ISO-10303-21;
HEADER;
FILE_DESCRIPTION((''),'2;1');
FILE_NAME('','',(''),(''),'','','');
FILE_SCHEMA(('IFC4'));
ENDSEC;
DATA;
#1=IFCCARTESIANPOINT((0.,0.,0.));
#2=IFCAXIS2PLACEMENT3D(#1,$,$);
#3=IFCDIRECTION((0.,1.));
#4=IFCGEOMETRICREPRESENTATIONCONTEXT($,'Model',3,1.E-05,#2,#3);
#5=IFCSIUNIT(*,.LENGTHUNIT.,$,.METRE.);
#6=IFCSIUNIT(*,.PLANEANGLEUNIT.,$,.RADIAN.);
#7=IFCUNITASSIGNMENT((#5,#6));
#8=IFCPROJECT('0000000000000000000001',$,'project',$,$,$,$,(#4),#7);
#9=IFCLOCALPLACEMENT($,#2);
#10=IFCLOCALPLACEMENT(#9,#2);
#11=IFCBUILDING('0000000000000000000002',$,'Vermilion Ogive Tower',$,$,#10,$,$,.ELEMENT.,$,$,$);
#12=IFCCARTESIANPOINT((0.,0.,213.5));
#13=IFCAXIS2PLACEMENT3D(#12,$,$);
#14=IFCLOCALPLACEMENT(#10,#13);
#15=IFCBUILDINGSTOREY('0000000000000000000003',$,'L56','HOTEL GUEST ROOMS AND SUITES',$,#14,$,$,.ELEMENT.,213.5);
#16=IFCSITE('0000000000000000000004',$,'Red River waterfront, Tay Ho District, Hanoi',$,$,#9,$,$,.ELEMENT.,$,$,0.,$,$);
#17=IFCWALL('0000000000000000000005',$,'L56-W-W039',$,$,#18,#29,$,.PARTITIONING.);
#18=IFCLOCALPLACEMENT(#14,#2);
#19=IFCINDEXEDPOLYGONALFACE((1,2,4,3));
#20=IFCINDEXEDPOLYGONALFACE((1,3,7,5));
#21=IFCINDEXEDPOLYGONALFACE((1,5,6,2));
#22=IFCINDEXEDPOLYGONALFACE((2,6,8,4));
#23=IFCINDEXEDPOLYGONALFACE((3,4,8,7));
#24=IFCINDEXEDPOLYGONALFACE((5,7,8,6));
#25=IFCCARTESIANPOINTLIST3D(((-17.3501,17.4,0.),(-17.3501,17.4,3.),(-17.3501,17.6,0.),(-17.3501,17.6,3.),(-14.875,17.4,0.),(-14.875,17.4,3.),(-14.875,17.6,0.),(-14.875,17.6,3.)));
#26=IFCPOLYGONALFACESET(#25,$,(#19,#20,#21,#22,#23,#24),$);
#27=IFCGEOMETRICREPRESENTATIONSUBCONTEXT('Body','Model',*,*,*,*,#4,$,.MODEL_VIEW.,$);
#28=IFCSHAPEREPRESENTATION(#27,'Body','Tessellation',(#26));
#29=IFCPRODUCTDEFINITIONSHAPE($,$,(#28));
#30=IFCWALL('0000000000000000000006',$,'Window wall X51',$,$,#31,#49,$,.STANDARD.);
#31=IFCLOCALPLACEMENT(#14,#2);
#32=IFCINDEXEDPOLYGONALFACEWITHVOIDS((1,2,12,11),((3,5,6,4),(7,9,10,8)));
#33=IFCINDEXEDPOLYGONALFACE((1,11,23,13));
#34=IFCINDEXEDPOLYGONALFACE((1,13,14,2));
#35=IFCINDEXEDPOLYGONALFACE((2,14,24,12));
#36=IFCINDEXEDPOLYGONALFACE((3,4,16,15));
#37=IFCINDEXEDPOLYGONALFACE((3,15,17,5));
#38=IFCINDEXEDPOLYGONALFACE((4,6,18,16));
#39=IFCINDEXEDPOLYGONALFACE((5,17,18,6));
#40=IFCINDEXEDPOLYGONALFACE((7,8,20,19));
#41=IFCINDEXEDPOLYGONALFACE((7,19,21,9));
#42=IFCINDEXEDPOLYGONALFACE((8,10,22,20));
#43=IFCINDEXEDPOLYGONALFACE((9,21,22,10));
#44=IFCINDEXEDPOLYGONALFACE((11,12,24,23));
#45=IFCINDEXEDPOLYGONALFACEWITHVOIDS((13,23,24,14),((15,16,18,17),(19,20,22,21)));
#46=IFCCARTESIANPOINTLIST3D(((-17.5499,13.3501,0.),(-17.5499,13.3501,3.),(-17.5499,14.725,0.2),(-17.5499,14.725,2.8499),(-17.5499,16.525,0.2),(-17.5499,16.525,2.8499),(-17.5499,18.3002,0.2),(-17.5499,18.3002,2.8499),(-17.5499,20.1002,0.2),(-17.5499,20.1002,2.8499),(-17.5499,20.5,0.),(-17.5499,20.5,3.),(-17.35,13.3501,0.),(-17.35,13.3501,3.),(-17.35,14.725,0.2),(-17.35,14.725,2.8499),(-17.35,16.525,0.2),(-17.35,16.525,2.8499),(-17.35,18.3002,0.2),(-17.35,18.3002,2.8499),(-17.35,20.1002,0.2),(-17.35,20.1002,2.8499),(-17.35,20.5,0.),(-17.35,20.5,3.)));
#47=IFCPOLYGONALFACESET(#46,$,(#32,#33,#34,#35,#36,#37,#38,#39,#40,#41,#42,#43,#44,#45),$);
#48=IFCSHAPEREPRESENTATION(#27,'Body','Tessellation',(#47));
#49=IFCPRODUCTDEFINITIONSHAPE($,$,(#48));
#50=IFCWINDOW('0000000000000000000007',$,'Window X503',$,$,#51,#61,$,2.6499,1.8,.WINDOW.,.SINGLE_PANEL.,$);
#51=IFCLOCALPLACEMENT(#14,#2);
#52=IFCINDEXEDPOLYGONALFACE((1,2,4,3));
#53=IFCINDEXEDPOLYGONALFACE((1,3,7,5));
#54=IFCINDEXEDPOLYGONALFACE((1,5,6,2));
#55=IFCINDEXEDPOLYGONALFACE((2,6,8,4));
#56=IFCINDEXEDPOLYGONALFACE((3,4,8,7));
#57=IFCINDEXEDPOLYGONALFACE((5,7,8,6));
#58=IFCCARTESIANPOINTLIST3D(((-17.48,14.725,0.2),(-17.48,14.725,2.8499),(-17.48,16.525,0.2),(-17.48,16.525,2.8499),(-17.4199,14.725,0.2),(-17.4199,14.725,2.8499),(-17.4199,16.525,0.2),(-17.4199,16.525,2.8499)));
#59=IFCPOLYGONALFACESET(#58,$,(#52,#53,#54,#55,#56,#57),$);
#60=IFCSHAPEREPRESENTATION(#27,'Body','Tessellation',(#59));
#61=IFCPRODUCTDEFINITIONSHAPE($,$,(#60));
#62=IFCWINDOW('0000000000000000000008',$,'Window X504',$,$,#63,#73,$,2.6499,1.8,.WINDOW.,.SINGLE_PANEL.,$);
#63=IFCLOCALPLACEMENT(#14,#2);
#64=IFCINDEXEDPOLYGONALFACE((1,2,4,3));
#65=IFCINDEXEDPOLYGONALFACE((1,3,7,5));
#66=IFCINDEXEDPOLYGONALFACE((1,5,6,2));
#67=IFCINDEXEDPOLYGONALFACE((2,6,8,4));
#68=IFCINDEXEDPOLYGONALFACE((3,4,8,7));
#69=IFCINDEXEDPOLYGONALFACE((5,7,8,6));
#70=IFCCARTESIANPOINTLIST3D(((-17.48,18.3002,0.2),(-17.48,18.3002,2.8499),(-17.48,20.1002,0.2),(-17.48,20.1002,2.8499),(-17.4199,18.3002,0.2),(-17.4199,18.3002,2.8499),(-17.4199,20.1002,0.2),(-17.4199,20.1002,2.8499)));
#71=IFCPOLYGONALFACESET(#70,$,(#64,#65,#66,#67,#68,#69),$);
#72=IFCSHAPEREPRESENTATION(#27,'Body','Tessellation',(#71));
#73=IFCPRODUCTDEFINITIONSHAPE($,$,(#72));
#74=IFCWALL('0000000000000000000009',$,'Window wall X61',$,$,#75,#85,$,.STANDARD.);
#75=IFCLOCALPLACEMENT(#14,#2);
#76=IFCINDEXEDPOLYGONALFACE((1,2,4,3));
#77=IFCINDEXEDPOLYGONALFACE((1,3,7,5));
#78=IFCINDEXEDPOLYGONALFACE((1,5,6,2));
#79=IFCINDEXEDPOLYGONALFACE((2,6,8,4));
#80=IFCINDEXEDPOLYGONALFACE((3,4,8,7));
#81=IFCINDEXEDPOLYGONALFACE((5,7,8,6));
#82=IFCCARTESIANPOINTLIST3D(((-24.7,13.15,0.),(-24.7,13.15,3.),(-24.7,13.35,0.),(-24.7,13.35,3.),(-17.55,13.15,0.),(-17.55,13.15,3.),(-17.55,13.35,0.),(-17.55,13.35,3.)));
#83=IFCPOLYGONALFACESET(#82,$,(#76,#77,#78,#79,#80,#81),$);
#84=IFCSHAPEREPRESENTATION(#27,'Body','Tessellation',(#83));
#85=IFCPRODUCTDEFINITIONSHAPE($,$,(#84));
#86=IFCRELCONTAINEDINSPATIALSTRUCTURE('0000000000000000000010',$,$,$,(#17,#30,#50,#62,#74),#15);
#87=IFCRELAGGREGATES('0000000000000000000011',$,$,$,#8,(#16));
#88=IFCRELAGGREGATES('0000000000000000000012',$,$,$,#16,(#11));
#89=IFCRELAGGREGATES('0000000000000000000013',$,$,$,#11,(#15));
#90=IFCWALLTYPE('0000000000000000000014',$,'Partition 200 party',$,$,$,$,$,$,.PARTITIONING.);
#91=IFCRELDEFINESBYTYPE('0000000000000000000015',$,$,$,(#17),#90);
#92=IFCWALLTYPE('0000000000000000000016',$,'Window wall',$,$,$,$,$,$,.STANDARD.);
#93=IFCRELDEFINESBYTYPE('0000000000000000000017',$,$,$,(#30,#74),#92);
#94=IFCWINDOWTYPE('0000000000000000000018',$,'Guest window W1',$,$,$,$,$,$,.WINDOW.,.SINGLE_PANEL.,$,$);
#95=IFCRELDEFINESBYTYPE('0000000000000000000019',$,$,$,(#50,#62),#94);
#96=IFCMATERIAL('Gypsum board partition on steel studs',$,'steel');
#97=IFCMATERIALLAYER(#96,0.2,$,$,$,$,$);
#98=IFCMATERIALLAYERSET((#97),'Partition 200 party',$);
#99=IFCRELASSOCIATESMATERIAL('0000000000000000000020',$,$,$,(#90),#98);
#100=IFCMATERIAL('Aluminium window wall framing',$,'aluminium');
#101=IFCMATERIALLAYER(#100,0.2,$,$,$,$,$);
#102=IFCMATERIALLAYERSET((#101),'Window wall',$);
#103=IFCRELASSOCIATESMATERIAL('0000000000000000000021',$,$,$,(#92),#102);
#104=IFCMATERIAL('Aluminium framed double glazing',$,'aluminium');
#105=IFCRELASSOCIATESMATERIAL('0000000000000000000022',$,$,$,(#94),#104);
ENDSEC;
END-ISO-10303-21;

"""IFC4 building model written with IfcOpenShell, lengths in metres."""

from ifc_helpers import new_model, si_unit, direction, frame, frame_2d, origin, place, context, subcontext, project, spatial, rectangle, extrude, material, layer, layer_set, type_object, element, fill, save


model = new_model("IFC4")

# Units and contexts
model_context = context("Model", 3, precision=1e-05, world=origin(), true_north=direction((0.0, 1.0)))
body_context = subcontext(model_context, "Body", "Model", "MODEL_VIEW")
ifc_project = project(units=[si_unit("LENGTHUNIT", "METRE"), si_unit("PLANEANGLEUNIT", "RADIAN")], contexts=[model_context])

# Site, building, storey
site_placement = place(None, origin())
site = spatial("IfcSite", under=ifc_project, at=site_placement, Name="Red River waterfront, Tay Ho District, Hanoi", CompositionType="ELEMENT", RefElevation=0.0)
building_placement = place(site_placement, origin())
building = spatial("IfcBuilding", under=site, at=building_placement, Name="Vermilion Ogive Tower", CompositionType="ELEMENT")
storey_placement = place(building_placement, frame((0.0, 0.0, 213.5)))
storey = spatial("IfcBuildingStorey", under=building, at=storey_placement, Name="L56", Description="HOTEL GUEST ROOMS AND SUITES", CompositionType="ELEMENT", Elevation=213.5)

# Wall
ifc_material_1 = material(Name="Gypsum board partition on steel studs", Category="steel")
ifc_layer_1 = layer(ifc_material_1, 0.2)
ifc_layer_set_1 = layer_set([ifc_layer_1], Name="Partition 200 party")
wall_type_1 = type_object("IfcWallType", Name="Partition 200 party", PredefinedType="PARTITIONING", material=ifc_layer_set_1)
wall_1_placement = place(storey_placement, frame((-17.3501, 17.5, 0.0), z_axis=(0.0, 0.0, 1.0), x_axis=(1.0, 0.0, 0.0)))
element("IfcWall", 1, at=wall_1_placement, inside=storey, type_object=wall_type_1, Name="L56-W-W039", PredefinedType="PARTITIONING", context=body_context, shape_type="SweptSolid", body=[
    extrude(rectangle(XDim=2.4751, YDim=0.2, at=frame_2d((1.2375, 0.0))), origin(), (0.0, 0.0, 1.0), 3.0),
])

# Wall, openings, windows
ifc_material_2 = material(Name="Aluminium window wall framing", Category="aluminium")
ifc_layer_2 = layer(ifc_material_2, 0.2)
ifc_layer_set_2 = layer_set([ifc_layer_2], Name="Window wall")
wall_type_2 = type_object("IfcWallType", Name="Window wall", PredefinedType="STANDARD", material=ifc_layer_set_2)
wall_2_placement = place(storey_placement, frame((-17.45, 20.5, 0.0), z_axis=(0.0, 0.0, 1.0), x_axis=(0.0, -1.0, 0.0)))
wall_2 = element("IfcWall", 2, at=wall_2_placement, inside=storey, type_object=wall_type_2, Name="Window wall X51", PredefinedType="STANDARD", context=body_context, shape_type="SweptSolid", body=[
    extrude(rectangle(XDim=7.1499, YDim=0.2, at=frame_2d((3.575, 0.0))), origin(), (0.0, 0.0, 1.0), 3.0),
])
opening_1_placement = place(wall_2_placement, frame((3.9751, 0.0, 0.2)))
opening_1 = element("IfcOpeningElement", 3, at=opening_1_placement, cuts=wall_2, PredefinedType="OPENING", context=body_context, shape_type="SweptSolid", body=[
    extrude(rectangle(XDim=1.8, YDim=2.6499, at=frame_2d((0.8999, 1.325))), frame((0.0, 0.1099, 0.0), z_axis=(0.0, -1.0, 0.0), x_axis=(1.0, 0.0, 0.0)), (0.0, 0.0, 1.0), 0.22),
])
opening_2_placement = place(wall_2_placement, frame((0.3999, 0.0, 0.2)))
opening_2 = element("IfcOpeningElement", 4, at=opening_2_placement, cuts=wall_2, PredefinedType="OPENING", context=body_context, shape_type="SweptSolid", body=[
    extrude(rectangle(XDim=1.8, YDim=2.6499, at=frame_2d((0.8999, 1.325))), frame((0.0, 0.1099, 0.0), z_axis=(0.0, -1.0, 0.0), x_axis=(1.0, 0.0, 0.0)), (0.0, 0.0, 1.0), 0.22),
])
ifc_material_3 = material(Name="Aluminium framed double glazing", Category="aluminium")
window_type = type_object("IfcWindowType", Name="Guest window W1", PartitioningType="SINGLE_PANEL", PredefinedType="WINDOW", material=ifc_material_3)
window_1_placement = place(opening_1_placement, origin())
window_1 = element("IfcWindow", 5, at=window_1_placement, inside=storey, type_object=window_type, Name="Window X503", OverallHeight=2.6499, OverallWidth=1.8, PartitioningType="SINGLE_PANEL", PredefinedType="WINDOW", context=body_context, shape_type="SweptSolid", body=[
    extrude(rectangle(XDim=1.8, YDim=2.6499, at=frame_2d((0.8999, 1.325))), frame((0.0, 0.03, 0.0), z_axis=(0.0, -1.0, 0.0), x_axis=(1.0, 0.0, 0.0)), (0.0, 0.0, 1.0), 0.0601),
])
fill(opening_1, window_1)
window_2_placement = place(opening_2_placement, origin())
window_2 = element("IfcWindow", 6, at=window_2_placement, inside=storey, type_object=window_type, Name="Window X504", OverallHeight=2.6499, OverallWidth=1.8, PartitioningType="SINGLE_PANEL", PredefinedType="WINDOW", context=body_context, shape_type="SweptSolid", body=[
    extrude(rectangle(XDim=1.8, YDim=2.6499, at=frame_2d((0.8999, 1.325))), frame((0.0, 0.03, 0.0), z_axis=(0.0, -1.0, 0.0), x_axis=(1.0, 0.0, 0.0)), (0.0, 0.0, 1.0), 0.0601),
])
fill(opening_2, window_2)

# Wall
wall_3_placement = place(storey_placement, frame((-17.55, 13.25, 0.0), z_axis=(0.0, 0.0, 1.0), x_axis=(-1.0, 0.0, 0.0)))
element("IfcWall", 7, at=wall_3_placement, inside=storey, type_object=wall_type_2, Name="Window wall X61", PredefinedType="STANDARD", context=body_context, shape_type="SweptSolid", body=[
    extrude(rectangle(XDim=7.1499, YDim=0.2, at=frame_2d((3.575, 0.0))), origin(), (0.0, 0.0, 1.0), 3.0),
])

save(model, "model.ifc")
